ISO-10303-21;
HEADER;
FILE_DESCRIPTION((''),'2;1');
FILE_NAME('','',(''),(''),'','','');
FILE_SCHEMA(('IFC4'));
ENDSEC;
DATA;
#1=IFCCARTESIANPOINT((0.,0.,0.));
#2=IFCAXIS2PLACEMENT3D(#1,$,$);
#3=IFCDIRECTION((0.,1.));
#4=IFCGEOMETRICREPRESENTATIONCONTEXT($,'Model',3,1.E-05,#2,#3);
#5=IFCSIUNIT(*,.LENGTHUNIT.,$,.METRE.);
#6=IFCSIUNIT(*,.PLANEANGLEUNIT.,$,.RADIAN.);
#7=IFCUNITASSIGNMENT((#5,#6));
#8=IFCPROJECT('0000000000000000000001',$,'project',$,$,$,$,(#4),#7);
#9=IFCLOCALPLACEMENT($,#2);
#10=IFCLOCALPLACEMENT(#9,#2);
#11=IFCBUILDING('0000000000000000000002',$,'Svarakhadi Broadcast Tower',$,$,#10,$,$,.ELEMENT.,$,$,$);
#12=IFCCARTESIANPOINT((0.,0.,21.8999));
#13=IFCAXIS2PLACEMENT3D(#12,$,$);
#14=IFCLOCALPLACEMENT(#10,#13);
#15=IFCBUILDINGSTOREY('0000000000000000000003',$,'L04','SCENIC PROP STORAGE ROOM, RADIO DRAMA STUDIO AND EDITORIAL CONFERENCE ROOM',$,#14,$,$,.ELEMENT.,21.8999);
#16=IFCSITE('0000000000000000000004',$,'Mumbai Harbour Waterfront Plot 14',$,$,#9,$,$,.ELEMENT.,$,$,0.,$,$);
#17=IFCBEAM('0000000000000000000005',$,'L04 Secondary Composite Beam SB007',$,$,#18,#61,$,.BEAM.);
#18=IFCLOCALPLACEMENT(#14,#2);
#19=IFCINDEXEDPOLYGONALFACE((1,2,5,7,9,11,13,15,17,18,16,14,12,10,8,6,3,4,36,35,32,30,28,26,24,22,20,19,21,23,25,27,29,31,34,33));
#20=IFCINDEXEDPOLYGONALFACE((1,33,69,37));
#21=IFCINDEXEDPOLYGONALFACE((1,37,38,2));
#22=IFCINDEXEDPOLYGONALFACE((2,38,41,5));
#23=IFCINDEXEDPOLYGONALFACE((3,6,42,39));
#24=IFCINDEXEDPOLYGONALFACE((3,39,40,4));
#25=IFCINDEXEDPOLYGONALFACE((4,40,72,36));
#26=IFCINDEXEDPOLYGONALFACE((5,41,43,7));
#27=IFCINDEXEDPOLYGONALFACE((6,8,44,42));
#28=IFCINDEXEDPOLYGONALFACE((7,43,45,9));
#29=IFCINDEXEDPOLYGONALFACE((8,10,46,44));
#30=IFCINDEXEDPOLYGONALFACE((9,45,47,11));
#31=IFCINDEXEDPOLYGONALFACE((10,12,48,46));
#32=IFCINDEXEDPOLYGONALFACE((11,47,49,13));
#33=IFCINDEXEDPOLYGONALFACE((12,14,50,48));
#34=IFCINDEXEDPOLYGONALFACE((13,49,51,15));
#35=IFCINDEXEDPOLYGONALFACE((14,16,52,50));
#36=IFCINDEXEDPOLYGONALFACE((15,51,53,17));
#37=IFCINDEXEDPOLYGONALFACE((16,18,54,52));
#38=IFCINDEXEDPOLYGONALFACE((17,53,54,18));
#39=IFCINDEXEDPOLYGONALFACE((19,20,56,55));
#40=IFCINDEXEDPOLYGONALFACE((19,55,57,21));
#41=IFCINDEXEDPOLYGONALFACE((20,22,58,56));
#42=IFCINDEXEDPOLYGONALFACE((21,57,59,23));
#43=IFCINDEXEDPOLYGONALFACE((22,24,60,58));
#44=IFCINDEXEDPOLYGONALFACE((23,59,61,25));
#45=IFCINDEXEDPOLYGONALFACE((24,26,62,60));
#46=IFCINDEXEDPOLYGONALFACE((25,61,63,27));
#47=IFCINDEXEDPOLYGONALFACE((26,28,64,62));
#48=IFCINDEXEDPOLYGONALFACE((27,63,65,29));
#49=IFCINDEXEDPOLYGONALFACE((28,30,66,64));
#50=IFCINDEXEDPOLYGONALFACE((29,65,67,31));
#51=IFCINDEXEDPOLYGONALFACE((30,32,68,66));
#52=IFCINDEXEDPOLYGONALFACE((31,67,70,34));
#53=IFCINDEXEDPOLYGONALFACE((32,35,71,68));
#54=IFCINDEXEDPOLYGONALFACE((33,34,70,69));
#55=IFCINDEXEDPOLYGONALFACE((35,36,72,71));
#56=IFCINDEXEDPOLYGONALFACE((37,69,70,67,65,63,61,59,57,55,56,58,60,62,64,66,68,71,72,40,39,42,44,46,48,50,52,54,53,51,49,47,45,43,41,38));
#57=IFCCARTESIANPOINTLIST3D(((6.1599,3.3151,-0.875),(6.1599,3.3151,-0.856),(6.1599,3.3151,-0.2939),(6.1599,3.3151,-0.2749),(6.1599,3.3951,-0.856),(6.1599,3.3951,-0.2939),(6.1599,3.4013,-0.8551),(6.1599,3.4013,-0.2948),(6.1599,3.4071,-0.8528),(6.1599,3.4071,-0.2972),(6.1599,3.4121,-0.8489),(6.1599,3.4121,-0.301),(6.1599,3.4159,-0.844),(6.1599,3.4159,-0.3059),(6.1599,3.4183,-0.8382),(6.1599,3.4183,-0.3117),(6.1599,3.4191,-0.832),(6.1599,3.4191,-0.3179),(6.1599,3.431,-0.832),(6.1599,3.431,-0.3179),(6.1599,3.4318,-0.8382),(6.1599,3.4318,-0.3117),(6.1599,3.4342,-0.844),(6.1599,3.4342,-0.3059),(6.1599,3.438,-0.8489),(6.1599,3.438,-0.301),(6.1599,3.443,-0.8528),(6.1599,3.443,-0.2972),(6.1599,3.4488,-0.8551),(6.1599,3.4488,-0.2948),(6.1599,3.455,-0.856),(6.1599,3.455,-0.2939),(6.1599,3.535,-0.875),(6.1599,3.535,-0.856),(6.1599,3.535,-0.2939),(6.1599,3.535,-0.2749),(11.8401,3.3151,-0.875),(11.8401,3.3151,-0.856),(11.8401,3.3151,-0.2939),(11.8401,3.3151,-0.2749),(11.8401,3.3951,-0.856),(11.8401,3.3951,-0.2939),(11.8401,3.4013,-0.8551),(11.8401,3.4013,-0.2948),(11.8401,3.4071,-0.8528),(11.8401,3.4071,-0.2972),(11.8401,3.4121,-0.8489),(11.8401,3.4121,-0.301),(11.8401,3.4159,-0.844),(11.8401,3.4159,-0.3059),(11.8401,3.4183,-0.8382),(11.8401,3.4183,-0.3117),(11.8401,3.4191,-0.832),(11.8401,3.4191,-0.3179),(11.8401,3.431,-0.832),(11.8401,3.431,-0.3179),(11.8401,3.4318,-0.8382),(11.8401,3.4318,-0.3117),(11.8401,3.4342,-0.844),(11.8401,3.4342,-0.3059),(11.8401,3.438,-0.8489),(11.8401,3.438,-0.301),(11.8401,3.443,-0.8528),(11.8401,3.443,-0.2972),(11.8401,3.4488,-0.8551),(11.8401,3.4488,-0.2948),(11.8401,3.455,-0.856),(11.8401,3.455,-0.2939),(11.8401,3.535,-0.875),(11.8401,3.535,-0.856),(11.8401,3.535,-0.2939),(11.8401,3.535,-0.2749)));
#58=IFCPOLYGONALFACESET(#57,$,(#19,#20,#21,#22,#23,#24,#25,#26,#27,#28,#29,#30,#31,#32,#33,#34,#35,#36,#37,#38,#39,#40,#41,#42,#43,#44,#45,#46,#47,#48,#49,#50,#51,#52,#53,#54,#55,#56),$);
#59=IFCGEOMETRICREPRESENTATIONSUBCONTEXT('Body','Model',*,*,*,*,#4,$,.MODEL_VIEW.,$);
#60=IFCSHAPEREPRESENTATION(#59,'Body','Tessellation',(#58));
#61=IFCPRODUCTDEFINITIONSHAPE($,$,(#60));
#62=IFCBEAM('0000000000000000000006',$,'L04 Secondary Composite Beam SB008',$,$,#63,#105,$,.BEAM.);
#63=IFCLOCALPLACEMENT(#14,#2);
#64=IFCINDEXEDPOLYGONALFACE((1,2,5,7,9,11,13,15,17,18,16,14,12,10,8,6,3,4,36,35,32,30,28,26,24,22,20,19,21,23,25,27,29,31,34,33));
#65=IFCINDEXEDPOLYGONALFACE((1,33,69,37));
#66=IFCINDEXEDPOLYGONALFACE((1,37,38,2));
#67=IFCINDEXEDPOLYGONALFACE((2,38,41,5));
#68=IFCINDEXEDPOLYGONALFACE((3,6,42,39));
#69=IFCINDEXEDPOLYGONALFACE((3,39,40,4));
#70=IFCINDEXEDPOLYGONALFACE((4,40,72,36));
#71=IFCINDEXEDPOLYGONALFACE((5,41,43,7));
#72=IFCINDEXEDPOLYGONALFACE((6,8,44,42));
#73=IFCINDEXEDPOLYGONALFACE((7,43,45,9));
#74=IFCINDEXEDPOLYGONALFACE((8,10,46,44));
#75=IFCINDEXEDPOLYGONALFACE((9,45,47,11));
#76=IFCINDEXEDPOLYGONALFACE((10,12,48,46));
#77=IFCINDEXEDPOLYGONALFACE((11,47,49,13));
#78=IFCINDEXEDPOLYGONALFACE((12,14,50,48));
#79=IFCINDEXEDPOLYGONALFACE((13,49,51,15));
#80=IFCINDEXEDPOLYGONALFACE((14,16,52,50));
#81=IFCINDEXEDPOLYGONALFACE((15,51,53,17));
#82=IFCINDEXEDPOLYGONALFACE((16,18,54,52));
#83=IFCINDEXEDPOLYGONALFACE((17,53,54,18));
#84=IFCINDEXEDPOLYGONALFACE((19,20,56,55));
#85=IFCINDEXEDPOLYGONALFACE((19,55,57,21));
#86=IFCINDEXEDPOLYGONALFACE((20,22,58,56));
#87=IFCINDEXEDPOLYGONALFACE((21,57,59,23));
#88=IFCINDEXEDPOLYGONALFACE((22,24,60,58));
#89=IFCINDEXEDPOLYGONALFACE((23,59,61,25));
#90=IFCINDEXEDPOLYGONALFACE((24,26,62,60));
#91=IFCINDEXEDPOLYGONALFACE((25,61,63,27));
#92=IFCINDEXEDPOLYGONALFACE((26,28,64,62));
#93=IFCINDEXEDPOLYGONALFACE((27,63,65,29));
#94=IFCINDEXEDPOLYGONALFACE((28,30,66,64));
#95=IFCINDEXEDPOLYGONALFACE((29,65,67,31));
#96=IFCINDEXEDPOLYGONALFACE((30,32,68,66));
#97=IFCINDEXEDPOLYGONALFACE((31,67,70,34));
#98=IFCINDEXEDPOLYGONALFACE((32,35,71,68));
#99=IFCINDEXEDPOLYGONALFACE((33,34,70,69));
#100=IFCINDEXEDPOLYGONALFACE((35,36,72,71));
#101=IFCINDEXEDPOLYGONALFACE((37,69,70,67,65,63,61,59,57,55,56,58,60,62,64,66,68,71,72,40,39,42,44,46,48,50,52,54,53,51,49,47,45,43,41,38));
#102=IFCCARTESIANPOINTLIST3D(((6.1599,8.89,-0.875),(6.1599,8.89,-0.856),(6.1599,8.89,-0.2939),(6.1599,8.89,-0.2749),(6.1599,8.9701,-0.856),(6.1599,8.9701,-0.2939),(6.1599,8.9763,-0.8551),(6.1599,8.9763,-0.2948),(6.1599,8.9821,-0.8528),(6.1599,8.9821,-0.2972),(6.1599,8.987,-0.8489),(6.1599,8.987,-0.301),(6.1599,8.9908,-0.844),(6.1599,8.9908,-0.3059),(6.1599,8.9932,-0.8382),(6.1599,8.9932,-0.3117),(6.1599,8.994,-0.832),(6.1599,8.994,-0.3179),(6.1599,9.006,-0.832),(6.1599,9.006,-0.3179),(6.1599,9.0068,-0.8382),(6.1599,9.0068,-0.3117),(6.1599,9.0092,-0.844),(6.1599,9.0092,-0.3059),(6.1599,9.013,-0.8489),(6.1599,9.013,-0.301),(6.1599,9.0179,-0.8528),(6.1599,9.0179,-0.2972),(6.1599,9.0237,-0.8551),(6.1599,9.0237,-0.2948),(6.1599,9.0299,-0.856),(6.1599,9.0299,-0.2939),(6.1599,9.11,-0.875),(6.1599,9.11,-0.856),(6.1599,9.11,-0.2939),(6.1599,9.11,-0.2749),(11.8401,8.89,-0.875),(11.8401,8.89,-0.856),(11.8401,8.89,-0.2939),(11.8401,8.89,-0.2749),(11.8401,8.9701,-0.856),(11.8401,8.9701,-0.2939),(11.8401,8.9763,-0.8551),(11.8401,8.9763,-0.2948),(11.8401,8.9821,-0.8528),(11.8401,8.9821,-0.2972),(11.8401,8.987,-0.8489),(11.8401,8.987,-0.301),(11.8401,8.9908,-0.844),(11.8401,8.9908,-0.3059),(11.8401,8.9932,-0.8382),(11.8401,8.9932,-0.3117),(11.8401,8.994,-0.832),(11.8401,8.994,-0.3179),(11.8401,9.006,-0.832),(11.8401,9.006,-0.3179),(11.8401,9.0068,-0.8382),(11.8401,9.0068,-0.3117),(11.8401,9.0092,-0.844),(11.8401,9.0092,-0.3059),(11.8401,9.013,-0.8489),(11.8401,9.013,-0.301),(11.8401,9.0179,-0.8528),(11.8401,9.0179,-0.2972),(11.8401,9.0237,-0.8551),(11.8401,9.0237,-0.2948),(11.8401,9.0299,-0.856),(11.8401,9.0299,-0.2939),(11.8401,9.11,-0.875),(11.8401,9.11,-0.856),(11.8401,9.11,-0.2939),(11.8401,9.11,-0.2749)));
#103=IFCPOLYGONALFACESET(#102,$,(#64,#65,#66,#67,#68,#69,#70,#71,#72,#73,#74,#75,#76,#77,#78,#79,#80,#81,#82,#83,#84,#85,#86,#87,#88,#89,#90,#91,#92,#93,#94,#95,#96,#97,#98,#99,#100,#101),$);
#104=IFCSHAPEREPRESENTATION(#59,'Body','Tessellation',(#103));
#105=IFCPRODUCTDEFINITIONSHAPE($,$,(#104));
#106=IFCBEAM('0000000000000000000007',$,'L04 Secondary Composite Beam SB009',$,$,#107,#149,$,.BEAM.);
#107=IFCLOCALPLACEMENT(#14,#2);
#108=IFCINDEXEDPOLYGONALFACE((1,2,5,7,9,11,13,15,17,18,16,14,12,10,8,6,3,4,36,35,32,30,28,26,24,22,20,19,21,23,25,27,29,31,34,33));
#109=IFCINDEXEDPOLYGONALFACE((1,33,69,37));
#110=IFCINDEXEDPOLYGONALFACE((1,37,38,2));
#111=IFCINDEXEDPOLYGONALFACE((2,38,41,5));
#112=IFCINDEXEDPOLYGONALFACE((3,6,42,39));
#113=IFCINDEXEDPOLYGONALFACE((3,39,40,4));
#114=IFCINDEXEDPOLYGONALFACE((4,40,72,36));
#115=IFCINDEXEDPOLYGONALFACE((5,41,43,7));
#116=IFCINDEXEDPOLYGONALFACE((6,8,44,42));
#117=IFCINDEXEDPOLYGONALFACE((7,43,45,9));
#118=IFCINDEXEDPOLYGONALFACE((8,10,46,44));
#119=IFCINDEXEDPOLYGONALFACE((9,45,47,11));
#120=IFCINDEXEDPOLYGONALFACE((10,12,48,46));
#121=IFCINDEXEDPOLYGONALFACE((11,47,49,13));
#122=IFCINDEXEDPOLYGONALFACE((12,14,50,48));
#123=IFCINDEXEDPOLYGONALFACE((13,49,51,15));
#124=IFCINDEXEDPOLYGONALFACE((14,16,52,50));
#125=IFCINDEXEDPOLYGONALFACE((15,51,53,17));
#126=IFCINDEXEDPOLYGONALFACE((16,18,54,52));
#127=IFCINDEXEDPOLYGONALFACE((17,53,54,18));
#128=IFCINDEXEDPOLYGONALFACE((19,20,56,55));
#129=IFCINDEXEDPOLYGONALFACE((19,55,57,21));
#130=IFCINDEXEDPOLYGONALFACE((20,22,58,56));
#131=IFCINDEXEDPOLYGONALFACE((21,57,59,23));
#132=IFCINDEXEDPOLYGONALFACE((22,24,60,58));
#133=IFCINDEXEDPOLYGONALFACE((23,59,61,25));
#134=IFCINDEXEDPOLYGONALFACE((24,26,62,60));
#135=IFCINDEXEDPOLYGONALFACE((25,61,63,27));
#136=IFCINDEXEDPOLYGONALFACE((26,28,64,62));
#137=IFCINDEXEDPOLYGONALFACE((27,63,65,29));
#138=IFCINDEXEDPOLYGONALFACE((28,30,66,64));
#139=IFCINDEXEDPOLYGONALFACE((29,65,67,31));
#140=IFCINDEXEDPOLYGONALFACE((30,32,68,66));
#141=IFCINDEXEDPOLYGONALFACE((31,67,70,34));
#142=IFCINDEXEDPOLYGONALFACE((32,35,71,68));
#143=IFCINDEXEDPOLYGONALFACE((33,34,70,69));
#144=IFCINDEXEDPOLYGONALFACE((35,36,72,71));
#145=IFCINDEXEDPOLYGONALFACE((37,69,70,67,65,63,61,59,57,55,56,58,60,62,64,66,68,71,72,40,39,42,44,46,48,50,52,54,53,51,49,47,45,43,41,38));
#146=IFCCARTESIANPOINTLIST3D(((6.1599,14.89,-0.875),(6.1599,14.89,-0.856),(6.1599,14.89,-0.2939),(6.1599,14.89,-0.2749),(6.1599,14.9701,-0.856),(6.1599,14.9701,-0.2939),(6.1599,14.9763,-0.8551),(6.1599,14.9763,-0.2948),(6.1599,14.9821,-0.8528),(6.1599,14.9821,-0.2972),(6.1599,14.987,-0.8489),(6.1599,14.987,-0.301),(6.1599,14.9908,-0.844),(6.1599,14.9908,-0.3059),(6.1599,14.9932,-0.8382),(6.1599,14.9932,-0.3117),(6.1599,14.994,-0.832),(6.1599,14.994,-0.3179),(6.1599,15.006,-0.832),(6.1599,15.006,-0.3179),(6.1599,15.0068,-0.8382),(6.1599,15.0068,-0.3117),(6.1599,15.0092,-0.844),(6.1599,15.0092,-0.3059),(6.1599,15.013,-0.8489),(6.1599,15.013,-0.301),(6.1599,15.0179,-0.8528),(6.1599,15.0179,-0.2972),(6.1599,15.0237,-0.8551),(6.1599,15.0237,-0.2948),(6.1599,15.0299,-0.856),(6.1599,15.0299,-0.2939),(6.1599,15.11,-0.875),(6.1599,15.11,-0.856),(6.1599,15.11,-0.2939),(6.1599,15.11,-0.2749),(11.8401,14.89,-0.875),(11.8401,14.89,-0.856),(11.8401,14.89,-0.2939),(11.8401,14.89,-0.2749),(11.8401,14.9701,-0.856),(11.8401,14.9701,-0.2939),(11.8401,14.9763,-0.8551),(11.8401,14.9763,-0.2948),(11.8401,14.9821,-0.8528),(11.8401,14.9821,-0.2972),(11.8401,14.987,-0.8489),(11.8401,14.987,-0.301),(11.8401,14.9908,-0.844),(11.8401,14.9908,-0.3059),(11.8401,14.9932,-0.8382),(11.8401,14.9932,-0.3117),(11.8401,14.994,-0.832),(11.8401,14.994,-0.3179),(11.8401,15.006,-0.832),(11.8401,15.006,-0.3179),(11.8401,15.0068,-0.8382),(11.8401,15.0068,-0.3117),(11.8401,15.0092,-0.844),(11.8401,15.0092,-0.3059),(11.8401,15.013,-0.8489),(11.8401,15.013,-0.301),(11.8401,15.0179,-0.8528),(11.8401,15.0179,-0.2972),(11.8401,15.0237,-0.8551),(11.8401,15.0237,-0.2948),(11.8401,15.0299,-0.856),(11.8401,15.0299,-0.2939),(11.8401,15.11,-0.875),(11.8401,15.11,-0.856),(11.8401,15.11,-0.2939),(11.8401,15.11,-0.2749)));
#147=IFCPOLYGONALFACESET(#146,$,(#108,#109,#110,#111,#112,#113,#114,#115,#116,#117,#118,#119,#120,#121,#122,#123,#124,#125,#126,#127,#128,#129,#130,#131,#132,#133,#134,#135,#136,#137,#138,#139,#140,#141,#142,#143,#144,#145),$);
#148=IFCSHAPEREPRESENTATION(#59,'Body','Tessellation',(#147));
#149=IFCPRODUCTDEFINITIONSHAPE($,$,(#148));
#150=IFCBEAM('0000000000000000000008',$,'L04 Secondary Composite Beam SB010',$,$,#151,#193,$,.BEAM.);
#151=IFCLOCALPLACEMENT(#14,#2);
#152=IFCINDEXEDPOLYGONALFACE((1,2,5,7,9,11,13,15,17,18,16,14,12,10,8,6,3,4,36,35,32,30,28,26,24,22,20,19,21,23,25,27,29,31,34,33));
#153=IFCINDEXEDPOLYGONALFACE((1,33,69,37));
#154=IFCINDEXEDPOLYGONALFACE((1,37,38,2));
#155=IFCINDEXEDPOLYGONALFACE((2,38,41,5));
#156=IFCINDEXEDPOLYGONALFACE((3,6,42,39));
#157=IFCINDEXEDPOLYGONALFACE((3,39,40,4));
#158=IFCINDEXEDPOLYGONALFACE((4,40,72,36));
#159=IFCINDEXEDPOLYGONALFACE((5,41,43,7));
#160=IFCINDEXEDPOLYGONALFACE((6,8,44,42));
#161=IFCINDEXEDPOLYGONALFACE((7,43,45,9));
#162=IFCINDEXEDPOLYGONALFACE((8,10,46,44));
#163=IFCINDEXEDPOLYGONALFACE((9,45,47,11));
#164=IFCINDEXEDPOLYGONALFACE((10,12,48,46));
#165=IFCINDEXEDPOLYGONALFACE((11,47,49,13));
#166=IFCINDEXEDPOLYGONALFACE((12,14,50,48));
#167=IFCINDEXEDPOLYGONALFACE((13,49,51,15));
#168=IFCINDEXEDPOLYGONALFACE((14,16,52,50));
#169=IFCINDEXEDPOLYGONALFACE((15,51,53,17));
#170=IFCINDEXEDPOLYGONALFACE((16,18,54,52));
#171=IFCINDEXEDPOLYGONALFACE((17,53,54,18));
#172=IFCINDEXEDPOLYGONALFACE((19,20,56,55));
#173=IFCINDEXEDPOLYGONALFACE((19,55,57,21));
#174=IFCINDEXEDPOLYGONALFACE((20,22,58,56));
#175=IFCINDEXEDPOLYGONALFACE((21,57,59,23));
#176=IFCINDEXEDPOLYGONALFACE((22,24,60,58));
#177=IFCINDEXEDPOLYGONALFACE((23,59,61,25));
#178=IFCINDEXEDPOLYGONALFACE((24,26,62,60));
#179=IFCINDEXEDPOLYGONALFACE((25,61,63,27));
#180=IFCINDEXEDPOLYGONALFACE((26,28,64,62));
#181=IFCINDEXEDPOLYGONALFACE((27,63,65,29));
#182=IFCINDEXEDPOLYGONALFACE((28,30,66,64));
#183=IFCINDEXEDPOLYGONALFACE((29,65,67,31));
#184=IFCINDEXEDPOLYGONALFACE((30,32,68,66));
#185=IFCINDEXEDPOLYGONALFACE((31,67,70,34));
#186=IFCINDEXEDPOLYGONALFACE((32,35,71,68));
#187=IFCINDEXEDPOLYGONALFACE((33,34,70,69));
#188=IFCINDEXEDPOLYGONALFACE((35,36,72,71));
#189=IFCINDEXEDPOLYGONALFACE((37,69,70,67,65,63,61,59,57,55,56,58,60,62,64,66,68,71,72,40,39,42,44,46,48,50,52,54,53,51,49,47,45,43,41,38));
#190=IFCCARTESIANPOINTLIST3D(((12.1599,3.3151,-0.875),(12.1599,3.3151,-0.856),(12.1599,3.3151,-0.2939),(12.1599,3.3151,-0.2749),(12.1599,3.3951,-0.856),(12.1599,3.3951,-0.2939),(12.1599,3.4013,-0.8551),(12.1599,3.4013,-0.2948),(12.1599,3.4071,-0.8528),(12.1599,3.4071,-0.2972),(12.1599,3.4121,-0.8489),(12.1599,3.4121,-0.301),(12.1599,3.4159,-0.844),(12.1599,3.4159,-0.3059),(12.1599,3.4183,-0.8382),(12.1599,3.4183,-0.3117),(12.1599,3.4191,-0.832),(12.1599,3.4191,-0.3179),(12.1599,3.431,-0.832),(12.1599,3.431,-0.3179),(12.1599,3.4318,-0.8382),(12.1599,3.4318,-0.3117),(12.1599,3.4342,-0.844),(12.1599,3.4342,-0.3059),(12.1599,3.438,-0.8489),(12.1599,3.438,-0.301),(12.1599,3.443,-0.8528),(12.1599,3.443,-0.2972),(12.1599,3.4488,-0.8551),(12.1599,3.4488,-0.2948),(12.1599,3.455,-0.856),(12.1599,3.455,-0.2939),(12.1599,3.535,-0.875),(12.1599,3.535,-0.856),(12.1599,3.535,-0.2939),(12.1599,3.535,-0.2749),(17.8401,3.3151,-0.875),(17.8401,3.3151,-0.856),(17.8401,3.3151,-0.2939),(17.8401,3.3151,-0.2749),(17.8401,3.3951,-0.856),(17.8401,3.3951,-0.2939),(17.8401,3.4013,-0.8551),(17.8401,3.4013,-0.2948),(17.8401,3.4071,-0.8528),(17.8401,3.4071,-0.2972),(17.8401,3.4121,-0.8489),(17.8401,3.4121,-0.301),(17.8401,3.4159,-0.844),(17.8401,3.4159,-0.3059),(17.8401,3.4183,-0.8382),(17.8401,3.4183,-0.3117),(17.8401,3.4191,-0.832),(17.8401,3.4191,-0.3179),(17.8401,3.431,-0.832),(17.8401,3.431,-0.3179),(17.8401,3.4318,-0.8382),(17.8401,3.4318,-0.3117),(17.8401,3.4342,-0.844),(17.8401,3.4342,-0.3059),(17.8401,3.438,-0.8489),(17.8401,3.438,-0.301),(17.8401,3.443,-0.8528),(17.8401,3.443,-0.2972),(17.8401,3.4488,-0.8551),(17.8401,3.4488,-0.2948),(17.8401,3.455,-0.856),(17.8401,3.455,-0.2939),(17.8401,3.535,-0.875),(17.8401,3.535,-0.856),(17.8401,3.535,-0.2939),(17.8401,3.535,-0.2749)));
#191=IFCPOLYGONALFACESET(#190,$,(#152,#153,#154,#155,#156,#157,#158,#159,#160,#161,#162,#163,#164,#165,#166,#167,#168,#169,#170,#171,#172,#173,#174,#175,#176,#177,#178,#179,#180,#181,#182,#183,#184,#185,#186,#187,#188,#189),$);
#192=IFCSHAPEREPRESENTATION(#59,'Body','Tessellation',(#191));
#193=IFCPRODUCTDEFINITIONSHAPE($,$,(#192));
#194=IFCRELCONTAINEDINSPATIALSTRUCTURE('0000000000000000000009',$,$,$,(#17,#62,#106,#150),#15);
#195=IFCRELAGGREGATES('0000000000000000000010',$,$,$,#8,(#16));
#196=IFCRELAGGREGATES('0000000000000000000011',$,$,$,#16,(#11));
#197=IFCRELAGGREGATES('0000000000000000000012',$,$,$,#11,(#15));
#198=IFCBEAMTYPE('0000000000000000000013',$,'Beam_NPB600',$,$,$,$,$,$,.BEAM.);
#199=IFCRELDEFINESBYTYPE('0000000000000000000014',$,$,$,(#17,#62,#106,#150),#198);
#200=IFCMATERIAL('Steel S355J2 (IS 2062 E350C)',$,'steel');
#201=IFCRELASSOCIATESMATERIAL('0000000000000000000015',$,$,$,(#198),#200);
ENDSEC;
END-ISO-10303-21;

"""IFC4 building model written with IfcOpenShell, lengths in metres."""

from ifc_helpers import new_model, si_unit, direction, frame, origin, origin_2d, place, context, subcontext, project, spatial, i_section, extrude, material, material_profile, profile_set, type_object, element, save


model = new_model("IFC4")

# Units and contexts
model_context = context("Model", 3, precision=1e-05, world=origin(), true_north=direction((0.0, 1.0)))
body_context = subcontext(model_context, "Body", "Model", "MODEL_VIEW")
ifc_project = project(units=[si_unit("LENGTHUNIT", "METRE"), si_unit("PLANEANGLEUNIT", "RADIAN")], contexts=[model_context])

# Site, building, storey
site_placement = place(None, origin())
site = spatial("IfcSite", under=ifc_project, at=site_placement, Name="Mumbai Harbour Waterfront Plot 14", CompositionType="ELEMENT", RefElevation=0.0)
building_placement = place(site_placement, origin())
building = spatial("IfcBuilding", under=site, at=building_placement, Name="Svarakhadi Broadcast Tower", CompositionType="ELEMENT")
storey_placement = place(building_placement, frame((0.0, 0.0, 21.8999)))
storey = spatial("IfcBuildingStorey", under=building, at=storey_placement, Name="L04", Description="SCENIC PROP STORAGE ROOM, RADIO DRAMA STUDIO AND EDITORIAL CONFERENCE ROOM", CompositionType="ELEMENT", Elevation=21.8999)

# Beams
ifc_material_1 = material(Name="Steel S355J2 (IS 2062 E350C)", Category="steel")
ifc_material_profile_1 = material_profile(ifc_material_1, i_section(OverallWidth=0.22, OverallDepth=0.6001, WebThickness=0.012, FlangeThickness=0.019, FilletRadius=0.0239, at=origin_2d()), Name="NPB 600x220x122")
ifc_profile_set_1 = profile_set([ifc_material_profile_1], Name="Steel S355J2 (IS 2062 E350C)")
beam_type_1 = type_object("IfcBeamType", Name="Beam_NPB600", PredefinedType="BEAM", material=ifc_profile_set_1)
for number, where, z_axis, x_axis, name in (
    (1, (6.1599, 3.425, -0.575), (1.0, 0.0, 0.0), (0.0, 1.0, 0.0), "L04 Secondary Composite Beam SB007"),
    (2, (6.1599, 9.0, -0.575), (1.0, 0.0, 0.0), (0.0, 1.0, 0.0), "L04 Secondary Composite Beam SB008"),
    (3, (6.1599, 15.0, -0.575), (1.0, 0.0, 0.0), (0.0, 1.0, 0.0), "L04 Secondary Composite Beam SB009"),
    (4, (12.1599, 3.425, -0.575), (1.0, 0.0, 0.0), (0.0, 1.0, 0.0), "L04 Secondary Composite Beam SB010"),
):
    element("IfcBeam", number, at=place(storey_placement, frame(where, z_axis=z_axis, x_axis=x_axis)), inside=storey, type_object=beam_type_1, Name=name, PredefinedType="BEAM", context=body_context, shape_type="SweptSolid", body=[
        extrude(i_section(OverallWidth=0.22, OverallDepth=0.6001, WebThickness=0.012, FlangeThickness=0.019, FilletRadius=0.0239, at=origin_2d()), origin(), (0.0, 0.0, 1.0), 5.6802),
    ])

save(model, "model.ifc")
